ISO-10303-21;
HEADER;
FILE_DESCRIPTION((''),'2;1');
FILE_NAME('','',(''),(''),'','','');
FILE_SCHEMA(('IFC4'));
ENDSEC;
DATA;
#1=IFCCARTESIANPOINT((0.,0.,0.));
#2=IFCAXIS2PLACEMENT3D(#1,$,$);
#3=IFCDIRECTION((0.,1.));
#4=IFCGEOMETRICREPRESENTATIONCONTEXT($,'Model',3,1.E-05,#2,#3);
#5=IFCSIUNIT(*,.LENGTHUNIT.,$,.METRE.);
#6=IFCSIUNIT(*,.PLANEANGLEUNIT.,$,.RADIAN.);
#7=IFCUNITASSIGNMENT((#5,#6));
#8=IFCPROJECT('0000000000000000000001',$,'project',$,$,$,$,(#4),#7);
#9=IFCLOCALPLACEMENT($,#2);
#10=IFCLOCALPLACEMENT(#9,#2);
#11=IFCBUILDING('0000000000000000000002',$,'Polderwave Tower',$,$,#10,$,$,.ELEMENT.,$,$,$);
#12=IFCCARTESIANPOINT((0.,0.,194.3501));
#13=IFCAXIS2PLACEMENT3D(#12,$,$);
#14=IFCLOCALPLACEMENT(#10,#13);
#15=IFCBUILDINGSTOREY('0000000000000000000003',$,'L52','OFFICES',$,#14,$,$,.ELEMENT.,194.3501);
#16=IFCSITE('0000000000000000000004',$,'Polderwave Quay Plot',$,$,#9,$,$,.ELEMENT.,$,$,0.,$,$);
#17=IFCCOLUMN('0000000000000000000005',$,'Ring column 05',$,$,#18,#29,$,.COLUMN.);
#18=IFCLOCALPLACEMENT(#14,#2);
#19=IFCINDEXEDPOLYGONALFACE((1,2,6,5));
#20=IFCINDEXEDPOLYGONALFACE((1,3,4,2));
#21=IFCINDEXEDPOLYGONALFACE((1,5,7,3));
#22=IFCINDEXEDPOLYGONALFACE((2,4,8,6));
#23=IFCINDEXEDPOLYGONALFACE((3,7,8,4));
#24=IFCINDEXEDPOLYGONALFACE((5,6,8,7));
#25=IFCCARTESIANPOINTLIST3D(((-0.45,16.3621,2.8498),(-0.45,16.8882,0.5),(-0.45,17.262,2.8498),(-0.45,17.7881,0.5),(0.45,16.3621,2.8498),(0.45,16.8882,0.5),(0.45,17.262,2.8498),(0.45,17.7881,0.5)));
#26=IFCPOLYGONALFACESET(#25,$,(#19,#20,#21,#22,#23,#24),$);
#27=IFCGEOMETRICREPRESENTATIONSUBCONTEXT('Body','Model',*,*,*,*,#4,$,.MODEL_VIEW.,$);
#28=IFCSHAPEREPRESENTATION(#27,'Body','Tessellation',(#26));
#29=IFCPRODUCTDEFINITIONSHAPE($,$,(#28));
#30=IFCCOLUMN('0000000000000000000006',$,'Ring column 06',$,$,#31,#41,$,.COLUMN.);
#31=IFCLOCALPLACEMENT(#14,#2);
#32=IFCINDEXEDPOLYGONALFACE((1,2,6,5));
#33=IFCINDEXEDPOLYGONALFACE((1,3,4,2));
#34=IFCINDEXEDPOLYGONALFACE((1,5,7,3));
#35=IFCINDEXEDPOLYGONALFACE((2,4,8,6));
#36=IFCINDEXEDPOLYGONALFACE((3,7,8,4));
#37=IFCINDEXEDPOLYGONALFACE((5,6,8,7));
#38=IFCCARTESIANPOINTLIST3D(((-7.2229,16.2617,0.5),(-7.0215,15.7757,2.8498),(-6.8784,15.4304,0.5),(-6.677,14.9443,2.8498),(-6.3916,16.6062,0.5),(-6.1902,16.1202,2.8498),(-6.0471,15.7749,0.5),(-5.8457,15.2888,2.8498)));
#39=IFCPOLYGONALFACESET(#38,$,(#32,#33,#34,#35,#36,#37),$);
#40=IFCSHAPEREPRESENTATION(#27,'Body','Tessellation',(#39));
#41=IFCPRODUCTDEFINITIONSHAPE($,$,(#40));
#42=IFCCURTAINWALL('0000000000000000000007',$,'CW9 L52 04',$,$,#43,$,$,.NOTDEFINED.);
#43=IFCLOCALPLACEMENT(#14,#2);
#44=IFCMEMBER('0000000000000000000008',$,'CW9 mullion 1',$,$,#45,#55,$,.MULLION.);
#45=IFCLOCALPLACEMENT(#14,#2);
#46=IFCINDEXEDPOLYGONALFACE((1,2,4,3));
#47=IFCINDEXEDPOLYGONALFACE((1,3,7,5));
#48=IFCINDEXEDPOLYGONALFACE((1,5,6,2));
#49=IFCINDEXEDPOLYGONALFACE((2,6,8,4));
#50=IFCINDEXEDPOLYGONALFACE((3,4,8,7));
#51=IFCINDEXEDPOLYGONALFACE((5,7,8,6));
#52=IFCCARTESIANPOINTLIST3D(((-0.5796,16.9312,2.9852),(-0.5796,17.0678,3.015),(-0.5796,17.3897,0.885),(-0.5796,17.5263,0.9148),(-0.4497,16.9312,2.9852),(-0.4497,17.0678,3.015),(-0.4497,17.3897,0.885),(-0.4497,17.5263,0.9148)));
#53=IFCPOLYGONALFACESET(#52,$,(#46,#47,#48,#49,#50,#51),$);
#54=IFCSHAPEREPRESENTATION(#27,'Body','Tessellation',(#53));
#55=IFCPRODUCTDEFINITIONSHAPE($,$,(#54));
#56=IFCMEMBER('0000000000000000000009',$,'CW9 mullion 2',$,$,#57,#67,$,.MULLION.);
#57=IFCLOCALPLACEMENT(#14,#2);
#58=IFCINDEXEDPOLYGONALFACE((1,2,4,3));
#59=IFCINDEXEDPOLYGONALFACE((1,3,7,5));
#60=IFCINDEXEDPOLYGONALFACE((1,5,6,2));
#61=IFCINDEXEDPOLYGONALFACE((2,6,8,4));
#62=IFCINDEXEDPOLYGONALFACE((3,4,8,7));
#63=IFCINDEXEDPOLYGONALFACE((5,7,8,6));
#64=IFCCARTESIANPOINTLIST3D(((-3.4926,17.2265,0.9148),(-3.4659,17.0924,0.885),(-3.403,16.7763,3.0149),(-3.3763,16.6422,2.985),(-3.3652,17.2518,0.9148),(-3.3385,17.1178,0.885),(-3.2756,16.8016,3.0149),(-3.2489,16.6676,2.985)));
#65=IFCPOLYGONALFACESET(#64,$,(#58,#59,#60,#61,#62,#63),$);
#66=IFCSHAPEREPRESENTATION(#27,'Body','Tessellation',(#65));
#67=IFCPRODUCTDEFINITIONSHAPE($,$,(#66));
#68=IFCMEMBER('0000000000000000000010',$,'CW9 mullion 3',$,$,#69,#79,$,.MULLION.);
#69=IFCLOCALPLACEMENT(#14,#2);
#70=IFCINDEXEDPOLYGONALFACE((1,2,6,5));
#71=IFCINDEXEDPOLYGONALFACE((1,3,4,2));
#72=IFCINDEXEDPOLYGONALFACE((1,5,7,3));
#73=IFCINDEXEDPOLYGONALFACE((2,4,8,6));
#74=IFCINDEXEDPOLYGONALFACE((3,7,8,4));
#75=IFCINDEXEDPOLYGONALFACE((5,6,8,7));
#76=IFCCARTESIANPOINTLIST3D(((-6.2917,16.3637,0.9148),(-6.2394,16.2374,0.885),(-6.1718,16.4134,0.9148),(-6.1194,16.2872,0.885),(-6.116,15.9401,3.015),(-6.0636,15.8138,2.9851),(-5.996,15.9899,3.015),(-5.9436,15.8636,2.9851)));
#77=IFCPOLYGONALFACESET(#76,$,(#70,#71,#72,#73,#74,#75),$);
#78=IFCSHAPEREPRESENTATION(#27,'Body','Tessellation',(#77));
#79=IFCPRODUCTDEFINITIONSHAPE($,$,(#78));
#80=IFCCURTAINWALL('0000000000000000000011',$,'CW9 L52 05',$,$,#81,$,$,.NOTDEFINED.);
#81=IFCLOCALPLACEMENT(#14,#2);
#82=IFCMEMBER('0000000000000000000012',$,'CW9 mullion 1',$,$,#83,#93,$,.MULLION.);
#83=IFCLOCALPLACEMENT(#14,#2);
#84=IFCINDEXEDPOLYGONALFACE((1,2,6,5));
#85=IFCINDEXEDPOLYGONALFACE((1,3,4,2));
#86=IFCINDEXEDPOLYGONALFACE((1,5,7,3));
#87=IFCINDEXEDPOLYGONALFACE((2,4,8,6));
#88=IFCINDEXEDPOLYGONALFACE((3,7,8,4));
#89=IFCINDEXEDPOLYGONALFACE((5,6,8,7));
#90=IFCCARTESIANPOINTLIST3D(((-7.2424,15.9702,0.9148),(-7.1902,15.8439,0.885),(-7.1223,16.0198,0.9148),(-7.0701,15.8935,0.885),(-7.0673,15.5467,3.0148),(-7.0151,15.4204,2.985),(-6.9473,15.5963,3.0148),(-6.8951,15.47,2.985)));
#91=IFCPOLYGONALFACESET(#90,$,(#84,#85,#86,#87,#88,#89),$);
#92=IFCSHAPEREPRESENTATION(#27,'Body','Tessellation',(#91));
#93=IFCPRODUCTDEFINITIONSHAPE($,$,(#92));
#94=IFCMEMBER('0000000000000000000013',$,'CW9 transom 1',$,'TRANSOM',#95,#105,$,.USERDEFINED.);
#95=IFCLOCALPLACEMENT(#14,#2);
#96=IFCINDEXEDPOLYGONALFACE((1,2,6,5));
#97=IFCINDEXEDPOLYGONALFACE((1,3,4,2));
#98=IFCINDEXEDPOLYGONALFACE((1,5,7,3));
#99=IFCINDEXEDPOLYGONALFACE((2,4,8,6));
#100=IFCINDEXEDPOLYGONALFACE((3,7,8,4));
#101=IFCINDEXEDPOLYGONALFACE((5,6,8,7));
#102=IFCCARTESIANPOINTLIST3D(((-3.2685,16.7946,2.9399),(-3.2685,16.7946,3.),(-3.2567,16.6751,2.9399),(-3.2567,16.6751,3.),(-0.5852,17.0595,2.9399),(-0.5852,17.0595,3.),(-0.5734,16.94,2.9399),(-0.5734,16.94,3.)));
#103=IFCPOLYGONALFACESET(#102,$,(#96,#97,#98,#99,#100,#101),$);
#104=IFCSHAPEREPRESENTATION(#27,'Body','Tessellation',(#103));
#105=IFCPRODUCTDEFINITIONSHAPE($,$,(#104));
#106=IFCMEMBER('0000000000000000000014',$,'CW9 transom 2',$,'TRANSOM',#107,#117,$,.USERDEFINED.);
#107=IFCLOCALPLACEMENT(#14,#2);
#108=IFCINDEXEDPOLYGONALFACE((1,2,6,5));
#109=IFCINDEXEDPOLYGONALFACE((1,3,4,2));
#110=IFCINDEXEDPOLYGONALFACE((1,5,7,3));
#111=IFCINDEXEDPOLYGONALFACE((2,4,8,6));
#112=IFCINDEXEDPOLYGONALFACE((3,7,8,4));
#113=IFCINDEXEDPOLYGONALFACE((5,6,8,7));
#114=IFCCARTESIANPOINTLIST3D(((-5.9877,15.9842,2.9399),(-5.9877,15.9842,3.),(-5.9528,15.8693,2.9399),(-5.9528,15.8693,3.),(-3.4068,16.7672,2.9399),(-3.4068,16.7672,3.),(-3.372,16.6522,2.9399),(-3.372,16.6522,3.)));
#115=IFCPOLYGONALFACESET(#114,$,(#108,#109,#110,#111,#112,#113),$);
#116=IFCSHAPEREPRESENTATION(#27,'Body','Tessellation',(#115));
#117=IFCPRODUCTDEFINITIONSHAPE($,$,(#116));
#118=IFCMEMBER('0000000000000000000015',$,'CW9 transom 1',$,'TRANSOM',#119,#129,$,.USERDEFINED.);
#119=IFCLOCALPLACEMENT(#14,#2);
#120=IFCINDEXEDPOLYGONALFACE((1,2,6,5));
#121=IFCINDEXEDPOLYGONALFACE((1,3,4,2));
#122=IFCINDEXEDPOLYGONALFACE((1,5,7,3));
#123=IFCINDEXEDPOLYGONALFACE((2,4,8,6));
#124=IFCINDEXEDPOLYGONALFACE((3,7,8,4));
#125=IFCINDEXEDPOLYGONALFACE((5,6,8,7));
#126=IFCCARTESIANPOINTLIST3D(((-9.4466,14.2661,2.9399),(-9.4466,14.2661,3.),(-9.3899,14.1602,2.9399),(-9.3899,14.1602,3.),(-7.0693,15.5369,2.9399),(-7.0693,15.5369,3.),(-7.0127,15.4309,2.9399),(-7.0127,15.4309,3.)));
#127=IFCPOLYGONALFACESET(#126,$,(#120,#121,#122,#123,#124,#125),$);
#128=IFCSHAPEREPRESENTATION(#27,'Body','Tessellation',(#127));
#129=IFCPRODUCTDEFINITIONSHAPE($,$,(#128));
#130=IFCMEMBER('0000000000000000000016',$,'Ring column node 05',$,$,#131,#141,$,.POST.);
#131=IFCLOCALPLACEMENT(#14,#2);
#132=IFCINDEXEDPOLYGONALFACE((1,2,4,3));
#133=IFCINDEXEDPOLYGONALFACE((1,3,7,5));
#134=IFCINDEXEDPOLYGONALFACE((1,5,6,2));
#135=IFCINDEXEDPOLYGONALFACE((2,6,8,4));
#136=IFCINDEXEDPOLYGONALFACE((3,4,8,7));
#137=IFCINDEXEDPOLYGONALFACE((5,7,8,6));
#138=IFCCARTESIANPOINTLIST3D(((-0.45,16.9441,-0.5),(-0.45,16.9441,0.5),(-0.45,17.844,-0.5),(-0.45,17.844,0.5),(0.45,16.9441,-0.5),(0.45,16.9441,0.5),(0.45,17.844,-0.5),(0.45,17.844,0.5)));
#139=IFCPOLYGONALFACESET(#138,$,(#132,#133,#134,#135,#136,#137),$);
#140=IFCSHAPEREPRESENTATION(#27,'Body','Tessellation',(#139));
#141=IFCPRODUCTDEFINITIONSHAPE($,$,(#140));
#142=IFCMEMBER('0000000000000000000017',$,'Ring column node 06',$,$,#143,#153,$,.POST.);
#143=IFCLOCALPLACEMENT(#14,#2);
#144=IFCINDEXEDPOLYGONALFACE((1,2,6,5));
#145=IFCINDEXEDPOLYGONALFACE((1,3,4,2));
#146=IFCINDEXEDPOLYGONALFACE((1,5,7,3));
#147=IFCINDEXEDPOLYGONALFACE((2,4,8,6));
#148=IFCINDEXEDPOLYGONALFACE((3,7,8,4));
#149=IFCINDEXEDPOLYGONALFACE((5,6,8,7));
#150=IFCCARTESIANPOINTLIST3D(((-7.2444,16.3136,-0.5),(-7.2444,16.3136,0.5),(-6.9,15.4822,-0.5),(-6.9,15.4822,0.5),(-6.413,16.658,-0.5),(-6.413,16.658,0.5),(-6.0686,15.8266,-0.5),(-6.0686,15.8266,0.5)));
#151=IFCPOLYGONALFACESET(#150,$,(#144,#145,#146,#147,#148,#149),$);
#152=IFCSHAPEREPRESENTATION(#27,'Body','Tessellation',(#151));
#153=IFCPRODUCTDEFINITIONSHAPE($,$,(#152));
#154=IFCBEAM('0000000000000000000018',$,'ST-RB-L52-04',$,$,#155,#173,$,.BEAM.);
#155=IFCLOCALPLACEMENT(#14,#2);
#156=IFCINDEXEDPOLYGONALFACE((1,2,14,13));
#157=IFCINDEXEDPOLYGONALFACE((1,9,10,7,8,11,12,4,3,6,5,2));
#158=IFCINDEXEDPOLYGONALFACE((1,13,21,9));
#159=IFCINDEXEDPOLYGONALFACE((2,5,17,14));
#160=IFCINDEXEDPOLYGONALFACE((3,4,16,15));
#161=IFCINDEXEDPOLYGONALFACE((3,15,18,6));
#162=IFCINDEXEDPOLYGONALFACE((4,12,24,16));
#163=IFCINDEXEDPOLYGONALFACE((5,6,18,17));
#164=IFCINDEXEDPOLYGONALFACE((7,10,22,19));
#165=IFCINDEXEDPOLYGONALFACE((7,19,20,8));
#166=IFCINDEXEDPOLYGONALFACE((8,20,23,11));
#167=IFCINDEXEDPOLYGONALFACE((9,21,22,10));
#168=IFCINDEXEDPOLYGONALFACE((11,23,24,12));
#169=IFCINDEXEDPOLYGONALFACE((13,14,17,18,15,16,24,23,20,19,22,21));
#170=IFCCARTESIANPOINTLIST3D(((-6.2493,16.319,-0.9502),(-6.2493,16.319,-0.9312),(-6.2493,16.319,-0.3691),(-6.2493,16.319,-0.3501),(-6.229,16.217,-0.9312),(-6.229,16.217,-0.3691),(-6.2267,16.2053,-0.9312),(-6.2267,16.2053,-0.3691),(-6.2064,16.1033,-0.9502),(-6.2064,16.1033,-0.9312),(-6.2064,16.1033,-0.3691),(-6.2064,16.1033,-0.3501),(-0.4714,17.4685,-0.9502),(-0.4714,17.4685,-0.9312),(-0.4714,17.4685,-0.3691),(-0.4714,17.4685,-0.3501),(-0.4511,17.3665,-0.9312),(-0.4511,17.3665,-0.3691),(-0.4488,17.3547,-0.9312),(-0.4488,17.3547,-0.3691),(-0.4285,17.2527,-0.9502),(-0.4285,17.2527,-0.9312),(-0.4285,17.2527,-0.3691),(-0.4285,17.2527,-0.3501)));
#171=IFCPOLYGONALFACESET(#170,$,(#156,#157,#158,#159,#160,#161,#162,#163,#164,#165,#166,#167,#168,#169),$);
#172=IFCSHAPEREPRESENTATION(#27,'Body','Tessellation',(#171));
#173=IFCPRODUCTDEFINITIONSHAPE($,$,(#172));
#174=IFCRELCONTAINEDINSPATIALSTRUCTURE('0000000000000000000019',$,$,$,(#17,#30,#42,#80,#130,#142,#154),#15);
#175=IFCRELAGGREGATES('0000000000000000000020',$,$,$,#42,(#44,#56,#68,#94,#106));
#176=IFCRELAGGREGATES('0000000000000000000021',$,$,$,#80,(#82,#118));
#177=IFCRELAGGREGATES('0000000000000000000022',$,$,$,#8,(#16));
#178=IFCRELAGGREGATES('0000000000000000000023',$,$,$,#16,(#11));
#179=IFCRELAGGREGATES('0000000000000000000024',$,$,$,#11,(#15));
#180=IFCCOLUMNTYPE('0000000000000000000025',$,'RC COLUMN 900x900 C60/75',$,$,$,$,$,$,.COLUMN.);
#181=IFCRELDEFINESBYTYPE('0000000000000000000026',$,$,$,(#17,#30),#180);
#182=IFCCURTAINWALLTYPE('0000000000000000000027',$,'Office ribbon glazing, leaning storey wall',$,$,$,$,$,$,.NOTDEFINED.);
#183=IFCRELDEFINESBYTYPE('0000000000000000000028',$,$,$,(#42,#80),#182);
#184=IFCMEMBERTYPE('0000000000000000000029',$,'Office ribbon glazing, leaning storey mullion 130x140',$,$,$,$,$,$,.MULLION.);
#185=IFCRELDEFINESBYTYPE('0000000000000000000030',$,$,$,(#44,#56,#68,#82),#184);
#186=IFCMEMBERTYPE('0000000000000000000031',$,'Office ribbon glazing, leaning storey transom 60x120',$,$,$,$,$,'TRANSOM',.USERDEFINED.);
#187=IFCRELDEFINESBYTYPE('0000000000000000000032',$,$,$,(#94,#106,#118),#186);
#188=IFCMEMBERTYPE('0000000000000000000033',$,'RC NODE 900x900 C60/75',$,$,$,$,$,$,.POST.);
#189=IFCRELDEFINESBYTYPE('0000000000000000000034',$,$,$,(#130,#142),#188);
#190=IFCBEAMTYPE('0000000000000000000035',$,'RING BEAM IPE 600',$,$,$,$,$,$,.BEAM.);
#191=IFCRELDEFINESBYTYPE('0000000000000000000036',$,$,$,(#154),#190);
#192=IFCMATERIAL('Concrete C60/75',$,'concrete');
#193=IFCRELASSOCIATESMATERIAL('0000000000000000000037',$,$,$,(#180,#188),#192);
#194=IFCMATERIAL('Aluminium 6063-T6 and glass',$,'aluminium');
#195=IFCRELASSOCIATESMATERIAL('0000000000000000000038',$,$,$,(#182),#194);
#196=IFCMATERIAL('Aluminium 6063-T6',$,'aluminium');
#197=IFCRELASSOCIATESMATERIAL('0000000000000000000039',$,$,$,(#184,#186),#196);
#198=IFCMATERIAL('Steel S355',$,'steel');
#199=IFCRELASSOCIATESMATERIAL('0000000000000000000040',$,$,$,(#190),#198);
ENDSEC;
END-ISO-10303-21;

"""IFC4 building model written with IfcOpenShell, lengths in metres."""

from ifc_helpers import new_model, si_unit, direction, frame, origin, origin_2d, place, context, subcontext, project, spatial, rectangle, i_section, extrude, material, material_profile, profile_set, type_object, element, aggregate, save


model = new_model("IFC4")

# Units and contexts
model_context = context("Model", 3, precision=1e-05, world=origin(), true_north=direction((0.0, 1.0)))
body_context = subcontext(model_context, "Body", "Model", "MODEL_VIEW")
ifc_project = project(units=[si_unit("LENGTHUNIT", "METRE"), si_unit("PLANEANGLEUNIT", "RADIAN")], contexts=[model_context])

# Site, building, storey
site_placement = place(None, origin())
site = spatial("IfcSite", under=ifc_project, at=site_placement, Name="Polderwave Quay Plot", CompositionType="ELEMENT", RefElevation=0.0)
building_placement = place(site_placement, origin())
building = spatial("IfcBuilding", under=site, at=building_placement, Name="Polderwave Tower", CompositionType="ELEMENT")
storey_placement = place(building_placement, frame((0.0, 0.0, 194.3501)))
storey = spatial("IfcBuildingStorey", under=building, at=storey_placement, Name="L52", Description="OFFICES", CompositionType="ELEMENT", Elevation=194.3501)

# Columns
ifc_material_1 = material(Name="Concrete C60/75", Category="concrete")
ifc_material_profile_1 = material_profile(ifc_material_1, rectangle(XDim=0.8999, YDim=0.8999, at=origin_2d()), Name="RC 900x900")
ifc_profile_set_1 = profile_set([ifc_material_profile_1], Name="Concrete C60/75")
column_type = type_object("IfcColumnType", Name="RC COLUMN 900x900 C60/75", PredefinedType="COLUMN", material=ifc_profile_set_1)
column_1_placement = place(storey_placement, frame((0.0, 17.3381, 0.5), z_axis=(0.0, 0.0, 1.0), x_axis=(1.0, 0.0, 0.0)))
element("IfcColumn", 1, at=column_1_placement, inside=storey, type_object=column_type, Name="Ring column 05", PredefinedType="COLUMN", context=body_context, shape_type="SweptSolid", body=[
    extrude(rectangle(XDim=0.8999, YDim=0.8999, at=origin_2d()), origin(), (0.0, -0.218487, 0.97584), 2.408),
])
column_2_placement = place(storey_placement, frame((-6.635, 16.0183, 0.5), z_axis=(0.0, 0.0, 1.0), x_axis=(0.92383, 0.382803, 0.0)))
element("IfcColumn", 2, at=column_2_placement, inside=storey, type_object=column_type, Name="Ring column 06", PredefinedType="COLUMN", context=body_context, shape_type="SweptSolid", body=[
    extrude(rectangle(XDim=0.8999, YDim=0.8999, at=origin_2d()), origin(), (0.0, -0.218502, 0.975836), 2.408),
])

# Curtain wall, members
ifc_material_2 = material(Name="Aluminium 6063-T6 and glass", Category="aluminium")
curtain_wall_type = type_object("IfcCurtainWallType", Name="Office ribbon glazing, leaning storey wall", PredefinedType="NOTDEFINED", material=ifc_material_2)
curtain_wall_1_placement = place(storey_placement, origin())
curtain_wall_1 = element("IfcCurtainWall", 3, at=curtain_wall_1_placement, inside=storey, type_object=curtain_wall_type, Name="CW9 L52 04", PredefinedType="NOTDEFINED")
ifc_material_3 = material(Name="Aluminium 6063-T6", Category="aluminium")
ifc_material_profile_2 = material_profile(ifc_material_3, rectangle(XDim=0.1299, YDim=0.1399, at=origin_2d()), Name="AL 130x140")
ifc_profile_set_2 = profile_set([ifc_material_profile_2], Name="Aluminium 6063-T6")
member_type_1 = type_object("IfcMemberType", Name="Office ribbon glazing, leaning storey mullion 130x140", PredefinedType="MULLION", material=ifc_profile_set_2)
member_1_placement = place(storey_placement, frame((-0.5146, 17.458, 0.8999), z_axis=(0.0, -0.213297, 0.976987), x_axis=(1.0, 0.0, 0.0)))
member_1 = element("IfcMember", 4, at=member_1_placement, type_object=member_type_1, Name="CW9 mullion 1", PredefinedType="MULLION", context=body_context, shape_type="SweptSolid", body=[
    extrude(rectangle(XDim=0.1299, YDim=0.1399, at=origin_2d()), origin(), (0.0, 0.0, 1.0), 2.1497),
])
member_2_placement = place(storey_placement, frame((-3.4155, 17.1721, 0.8999), z_axis=(0.04168, -0.209425, 0.976936), x_axis=(0.980764, 0.195196, 0.0)))
member_2 = element("IfcMember", 5, at=member_2_placement, type_object=member_type_1, Name="CW9 mullion 2", PredefinedType="MULLION", context=body_context, shape_type="SweptSolid", body=[
    extrude(rectangle(XDim=0.1299, YDim=0.1399, at=origin_2d()), origin(), (0.0, 0.0, 1.0), 2.1497),
])
member_3_placement = place(storey_placement, frame((-6.2056, 16.3254, 0.8999), z_axis=(0.081774, -0.197053, 0.976976), x_axis=(0.923627, 0.383292, 0.0)))
member_3 = element("IfcMember", 6, at=member_3_placement, type_object=member_type_1, Name="CW9 mullion 3", PredefinedType="MULLION", context=body_context, shape_type="SweptSolid", body=[
    extrude(rectangle(XDim=0.1299, YDim=0.1399, at=origin_2d()), origin(), (0.0, 0.0, 1.0), 2.1497),
])

# Curtain wall, member
curtain_wall_2_placement = place(storey_placement, origin())
curtain_wall_2 = element("IfcCurtainWall", 7, at=curtain_wall_2_placement, inside=storey, type_object=curtain_wall_type, Name="CW9 L52 05", PredefinedType="NOTDEFINED")
member_4_placement = place(storey_placement, frame((-7.1562, 15.9319, 0.8999), z_axis=(0.081436, -0.197059, 0.977004), x_axis=(0.924192, 0.381928, 0.0)))
member_4 = element("IfcMember", 8, at=member_4_placement, type_object=member_type_1, Name="CW9 mullion 1", PredefinedType="MULLION", context=body_context, shape_type="SweptSolid", body=[
    extrude(rectangle(XDim=0.1299, YDim=0.1399, at=origin_2d()), origin(), (0.0, 0.0, 1.0), 2.1494),
])

# Members
ifc_material_profile_3 = material_profile(ifc_material_3, rectangle(XDim=0.1201, YDim=0.0601, at=origin_2d()), Name="AL 60x120")
ifc_profile_set_3 = profile_set([ifc_material_profile_3], Name="Aluminium 6063-T6")
member_type_2 = type_object("IfcMemberType", Name="Office ribbon glazing, leaning storey transom 60x120", ElementType="TRANSOM", PredefinedType="USERDEFINED", material=ifc_profile_set_3)
member_5_placement = place(storey_placement, frame((-0.5793, 16.9998, 2.97), z_axis=(-0.995163, -0.09824, 0.0), x_axis=(0.09824, -0.995163, 0.0)))
member_5 = element("IfcMember", 9, at=member_5_placement, type_object=member_type_2, Name="CW9 transom 1", ObjectType="TRANSOM", PredefinedType="USERDEFINED", context=body_context, shape_type="SweptSolid", body=[
    extrude(rectangle(XDim=0.1201, YDim=0.0601, at=origin_2d()), origin(), (0.0, 0.0, 1.0), 2.6963),
])
member_6_placement = place(storey_placement, frame((-3.3894, 16.7097, 2.97), z_axis=(-0.956932, -0.290311, 0.0), x_axis=(0.290311, -0.956932, 0.0)))
member_6 = element("IfcMember", 10, at=member_6_placement, type_object=member_type_2, Name="CW9 transom 2", ObjectType="TRANSOM", PredefinedType="USERDEFINED", context=body_context, shape_type="SweptSolid", body=[
    extrude(rectangle(XDim=0.1201, YDim=0.0601, at=origin_2d()), origin(), (0.0, 0.0, 1.0), 2.697),
])
member_7_placement = place(storey_placement, frame((-7.041, 15.4839, 2.97), z_axis=(-0.881904, -0.471429, 0.0), x_axis=(0.471429, -0.881904, 0.0)))
member_7 = element("IfcMember", 11, at=member_7_placement, type_object=member_type_2, Name="CW9 transom 1", ObjectType="TRANSOM", PredefinedType="USERDEFINED", context=body_context, shape_type="SweptSolid", body=[
    extrude(rectangle(XDim=0.1201, YDim=0.0601, at=origin_2d()), origin(), (0.0, 0.0, 1.0), 2.6956),
])

# Members
ifc_material_profile_4 = material_profile(ifc_material_1, rectangle(XDim=0.8999, YDim=0.8999, at=origin_2d()), Name="RC 900x900")
ifc_profile_set_4 = profile_set([ifc_material_profile_4], Name="Concrete C60/75")
member_type_3 = type_object("IfcMemberType", Name="RC NODE 900x900 C60/75", PredefinedType="POST", material=ifc_profile_set_4)
for number, where, z_axis, x_axis, name in (
    (12, (0.0, 17.394, -0.5), (0.0, 0.0, 1.0), (0.0, 1.0, 0.0), "Ring column node 05"),
    (13, (-6.6565, 16.0701, -0.5), (0.0, 0.0, 1.0), (-0.382683, 0.92388, 0.0), "Ring column node 06"),
):
    element("IfcMember", number, at=place(storey_placement, frame(where, z_axis=z_axis, x_axis=x_axis)), inside=storey, type_object=member_type_3, Name=name, PredefinedType="POST", context=body_context, shape_type="SweptSolid", body=[
        extrude(rectangle(XDim=0.8999, YDim=0.8999, at=origin_2d()), origin(), (0.0, 0.0, 1.0), 1.0),
    ])

# Beam
ifc_material_4 = material(Name="Steel S355", Category="steel")
ifc_material_profile_5 = material_profile(ifc_material_4, i_section(OverallWidth=0.22, OverallDepth=0.6001, WebThickness=0.012, FlangeThickness=0.019, at=origin_2d()), Name="IPE 600")
ifc_profile_set_5 = profile_set([ifc_material_profile_5], Name="Steel S355")
beam_type = type_object("IfcBeamType", Name="RING BEAM IPE 600", PredefinedType="BEAM", material=ifc_profile_set_5)
beam_1_placement = place(storey_placement, frame((-0.45, 17.3606, -0.6501), z_axis=(-0.980781, -0.195112, 0.0), x_axis=(0.195112, -0.980781, 0.0)))
element("IfcBeam", 14, at=beam_1_placement, inside=storey, type_object=beam_type, Name="ST-RB-L52-04", PredefinedType="BEAM", context=body_context, shape_type="SweptSolid", body=[
    extrude(i_section(OverallWidth=0.22, OverallDepth=0.6001, WebThickness=0.012, FlangeThickness=0.019, at=origin_2d()), origin(), (0.0, 0.0, 1.0), 5.8911),
])

aggregate(curtain_wall_1, [member_1, member_2, member_3, member_5, member_6])
aggregate(curtain_wall_2, [member_4, member_7])

save(model, "model.ifc")
